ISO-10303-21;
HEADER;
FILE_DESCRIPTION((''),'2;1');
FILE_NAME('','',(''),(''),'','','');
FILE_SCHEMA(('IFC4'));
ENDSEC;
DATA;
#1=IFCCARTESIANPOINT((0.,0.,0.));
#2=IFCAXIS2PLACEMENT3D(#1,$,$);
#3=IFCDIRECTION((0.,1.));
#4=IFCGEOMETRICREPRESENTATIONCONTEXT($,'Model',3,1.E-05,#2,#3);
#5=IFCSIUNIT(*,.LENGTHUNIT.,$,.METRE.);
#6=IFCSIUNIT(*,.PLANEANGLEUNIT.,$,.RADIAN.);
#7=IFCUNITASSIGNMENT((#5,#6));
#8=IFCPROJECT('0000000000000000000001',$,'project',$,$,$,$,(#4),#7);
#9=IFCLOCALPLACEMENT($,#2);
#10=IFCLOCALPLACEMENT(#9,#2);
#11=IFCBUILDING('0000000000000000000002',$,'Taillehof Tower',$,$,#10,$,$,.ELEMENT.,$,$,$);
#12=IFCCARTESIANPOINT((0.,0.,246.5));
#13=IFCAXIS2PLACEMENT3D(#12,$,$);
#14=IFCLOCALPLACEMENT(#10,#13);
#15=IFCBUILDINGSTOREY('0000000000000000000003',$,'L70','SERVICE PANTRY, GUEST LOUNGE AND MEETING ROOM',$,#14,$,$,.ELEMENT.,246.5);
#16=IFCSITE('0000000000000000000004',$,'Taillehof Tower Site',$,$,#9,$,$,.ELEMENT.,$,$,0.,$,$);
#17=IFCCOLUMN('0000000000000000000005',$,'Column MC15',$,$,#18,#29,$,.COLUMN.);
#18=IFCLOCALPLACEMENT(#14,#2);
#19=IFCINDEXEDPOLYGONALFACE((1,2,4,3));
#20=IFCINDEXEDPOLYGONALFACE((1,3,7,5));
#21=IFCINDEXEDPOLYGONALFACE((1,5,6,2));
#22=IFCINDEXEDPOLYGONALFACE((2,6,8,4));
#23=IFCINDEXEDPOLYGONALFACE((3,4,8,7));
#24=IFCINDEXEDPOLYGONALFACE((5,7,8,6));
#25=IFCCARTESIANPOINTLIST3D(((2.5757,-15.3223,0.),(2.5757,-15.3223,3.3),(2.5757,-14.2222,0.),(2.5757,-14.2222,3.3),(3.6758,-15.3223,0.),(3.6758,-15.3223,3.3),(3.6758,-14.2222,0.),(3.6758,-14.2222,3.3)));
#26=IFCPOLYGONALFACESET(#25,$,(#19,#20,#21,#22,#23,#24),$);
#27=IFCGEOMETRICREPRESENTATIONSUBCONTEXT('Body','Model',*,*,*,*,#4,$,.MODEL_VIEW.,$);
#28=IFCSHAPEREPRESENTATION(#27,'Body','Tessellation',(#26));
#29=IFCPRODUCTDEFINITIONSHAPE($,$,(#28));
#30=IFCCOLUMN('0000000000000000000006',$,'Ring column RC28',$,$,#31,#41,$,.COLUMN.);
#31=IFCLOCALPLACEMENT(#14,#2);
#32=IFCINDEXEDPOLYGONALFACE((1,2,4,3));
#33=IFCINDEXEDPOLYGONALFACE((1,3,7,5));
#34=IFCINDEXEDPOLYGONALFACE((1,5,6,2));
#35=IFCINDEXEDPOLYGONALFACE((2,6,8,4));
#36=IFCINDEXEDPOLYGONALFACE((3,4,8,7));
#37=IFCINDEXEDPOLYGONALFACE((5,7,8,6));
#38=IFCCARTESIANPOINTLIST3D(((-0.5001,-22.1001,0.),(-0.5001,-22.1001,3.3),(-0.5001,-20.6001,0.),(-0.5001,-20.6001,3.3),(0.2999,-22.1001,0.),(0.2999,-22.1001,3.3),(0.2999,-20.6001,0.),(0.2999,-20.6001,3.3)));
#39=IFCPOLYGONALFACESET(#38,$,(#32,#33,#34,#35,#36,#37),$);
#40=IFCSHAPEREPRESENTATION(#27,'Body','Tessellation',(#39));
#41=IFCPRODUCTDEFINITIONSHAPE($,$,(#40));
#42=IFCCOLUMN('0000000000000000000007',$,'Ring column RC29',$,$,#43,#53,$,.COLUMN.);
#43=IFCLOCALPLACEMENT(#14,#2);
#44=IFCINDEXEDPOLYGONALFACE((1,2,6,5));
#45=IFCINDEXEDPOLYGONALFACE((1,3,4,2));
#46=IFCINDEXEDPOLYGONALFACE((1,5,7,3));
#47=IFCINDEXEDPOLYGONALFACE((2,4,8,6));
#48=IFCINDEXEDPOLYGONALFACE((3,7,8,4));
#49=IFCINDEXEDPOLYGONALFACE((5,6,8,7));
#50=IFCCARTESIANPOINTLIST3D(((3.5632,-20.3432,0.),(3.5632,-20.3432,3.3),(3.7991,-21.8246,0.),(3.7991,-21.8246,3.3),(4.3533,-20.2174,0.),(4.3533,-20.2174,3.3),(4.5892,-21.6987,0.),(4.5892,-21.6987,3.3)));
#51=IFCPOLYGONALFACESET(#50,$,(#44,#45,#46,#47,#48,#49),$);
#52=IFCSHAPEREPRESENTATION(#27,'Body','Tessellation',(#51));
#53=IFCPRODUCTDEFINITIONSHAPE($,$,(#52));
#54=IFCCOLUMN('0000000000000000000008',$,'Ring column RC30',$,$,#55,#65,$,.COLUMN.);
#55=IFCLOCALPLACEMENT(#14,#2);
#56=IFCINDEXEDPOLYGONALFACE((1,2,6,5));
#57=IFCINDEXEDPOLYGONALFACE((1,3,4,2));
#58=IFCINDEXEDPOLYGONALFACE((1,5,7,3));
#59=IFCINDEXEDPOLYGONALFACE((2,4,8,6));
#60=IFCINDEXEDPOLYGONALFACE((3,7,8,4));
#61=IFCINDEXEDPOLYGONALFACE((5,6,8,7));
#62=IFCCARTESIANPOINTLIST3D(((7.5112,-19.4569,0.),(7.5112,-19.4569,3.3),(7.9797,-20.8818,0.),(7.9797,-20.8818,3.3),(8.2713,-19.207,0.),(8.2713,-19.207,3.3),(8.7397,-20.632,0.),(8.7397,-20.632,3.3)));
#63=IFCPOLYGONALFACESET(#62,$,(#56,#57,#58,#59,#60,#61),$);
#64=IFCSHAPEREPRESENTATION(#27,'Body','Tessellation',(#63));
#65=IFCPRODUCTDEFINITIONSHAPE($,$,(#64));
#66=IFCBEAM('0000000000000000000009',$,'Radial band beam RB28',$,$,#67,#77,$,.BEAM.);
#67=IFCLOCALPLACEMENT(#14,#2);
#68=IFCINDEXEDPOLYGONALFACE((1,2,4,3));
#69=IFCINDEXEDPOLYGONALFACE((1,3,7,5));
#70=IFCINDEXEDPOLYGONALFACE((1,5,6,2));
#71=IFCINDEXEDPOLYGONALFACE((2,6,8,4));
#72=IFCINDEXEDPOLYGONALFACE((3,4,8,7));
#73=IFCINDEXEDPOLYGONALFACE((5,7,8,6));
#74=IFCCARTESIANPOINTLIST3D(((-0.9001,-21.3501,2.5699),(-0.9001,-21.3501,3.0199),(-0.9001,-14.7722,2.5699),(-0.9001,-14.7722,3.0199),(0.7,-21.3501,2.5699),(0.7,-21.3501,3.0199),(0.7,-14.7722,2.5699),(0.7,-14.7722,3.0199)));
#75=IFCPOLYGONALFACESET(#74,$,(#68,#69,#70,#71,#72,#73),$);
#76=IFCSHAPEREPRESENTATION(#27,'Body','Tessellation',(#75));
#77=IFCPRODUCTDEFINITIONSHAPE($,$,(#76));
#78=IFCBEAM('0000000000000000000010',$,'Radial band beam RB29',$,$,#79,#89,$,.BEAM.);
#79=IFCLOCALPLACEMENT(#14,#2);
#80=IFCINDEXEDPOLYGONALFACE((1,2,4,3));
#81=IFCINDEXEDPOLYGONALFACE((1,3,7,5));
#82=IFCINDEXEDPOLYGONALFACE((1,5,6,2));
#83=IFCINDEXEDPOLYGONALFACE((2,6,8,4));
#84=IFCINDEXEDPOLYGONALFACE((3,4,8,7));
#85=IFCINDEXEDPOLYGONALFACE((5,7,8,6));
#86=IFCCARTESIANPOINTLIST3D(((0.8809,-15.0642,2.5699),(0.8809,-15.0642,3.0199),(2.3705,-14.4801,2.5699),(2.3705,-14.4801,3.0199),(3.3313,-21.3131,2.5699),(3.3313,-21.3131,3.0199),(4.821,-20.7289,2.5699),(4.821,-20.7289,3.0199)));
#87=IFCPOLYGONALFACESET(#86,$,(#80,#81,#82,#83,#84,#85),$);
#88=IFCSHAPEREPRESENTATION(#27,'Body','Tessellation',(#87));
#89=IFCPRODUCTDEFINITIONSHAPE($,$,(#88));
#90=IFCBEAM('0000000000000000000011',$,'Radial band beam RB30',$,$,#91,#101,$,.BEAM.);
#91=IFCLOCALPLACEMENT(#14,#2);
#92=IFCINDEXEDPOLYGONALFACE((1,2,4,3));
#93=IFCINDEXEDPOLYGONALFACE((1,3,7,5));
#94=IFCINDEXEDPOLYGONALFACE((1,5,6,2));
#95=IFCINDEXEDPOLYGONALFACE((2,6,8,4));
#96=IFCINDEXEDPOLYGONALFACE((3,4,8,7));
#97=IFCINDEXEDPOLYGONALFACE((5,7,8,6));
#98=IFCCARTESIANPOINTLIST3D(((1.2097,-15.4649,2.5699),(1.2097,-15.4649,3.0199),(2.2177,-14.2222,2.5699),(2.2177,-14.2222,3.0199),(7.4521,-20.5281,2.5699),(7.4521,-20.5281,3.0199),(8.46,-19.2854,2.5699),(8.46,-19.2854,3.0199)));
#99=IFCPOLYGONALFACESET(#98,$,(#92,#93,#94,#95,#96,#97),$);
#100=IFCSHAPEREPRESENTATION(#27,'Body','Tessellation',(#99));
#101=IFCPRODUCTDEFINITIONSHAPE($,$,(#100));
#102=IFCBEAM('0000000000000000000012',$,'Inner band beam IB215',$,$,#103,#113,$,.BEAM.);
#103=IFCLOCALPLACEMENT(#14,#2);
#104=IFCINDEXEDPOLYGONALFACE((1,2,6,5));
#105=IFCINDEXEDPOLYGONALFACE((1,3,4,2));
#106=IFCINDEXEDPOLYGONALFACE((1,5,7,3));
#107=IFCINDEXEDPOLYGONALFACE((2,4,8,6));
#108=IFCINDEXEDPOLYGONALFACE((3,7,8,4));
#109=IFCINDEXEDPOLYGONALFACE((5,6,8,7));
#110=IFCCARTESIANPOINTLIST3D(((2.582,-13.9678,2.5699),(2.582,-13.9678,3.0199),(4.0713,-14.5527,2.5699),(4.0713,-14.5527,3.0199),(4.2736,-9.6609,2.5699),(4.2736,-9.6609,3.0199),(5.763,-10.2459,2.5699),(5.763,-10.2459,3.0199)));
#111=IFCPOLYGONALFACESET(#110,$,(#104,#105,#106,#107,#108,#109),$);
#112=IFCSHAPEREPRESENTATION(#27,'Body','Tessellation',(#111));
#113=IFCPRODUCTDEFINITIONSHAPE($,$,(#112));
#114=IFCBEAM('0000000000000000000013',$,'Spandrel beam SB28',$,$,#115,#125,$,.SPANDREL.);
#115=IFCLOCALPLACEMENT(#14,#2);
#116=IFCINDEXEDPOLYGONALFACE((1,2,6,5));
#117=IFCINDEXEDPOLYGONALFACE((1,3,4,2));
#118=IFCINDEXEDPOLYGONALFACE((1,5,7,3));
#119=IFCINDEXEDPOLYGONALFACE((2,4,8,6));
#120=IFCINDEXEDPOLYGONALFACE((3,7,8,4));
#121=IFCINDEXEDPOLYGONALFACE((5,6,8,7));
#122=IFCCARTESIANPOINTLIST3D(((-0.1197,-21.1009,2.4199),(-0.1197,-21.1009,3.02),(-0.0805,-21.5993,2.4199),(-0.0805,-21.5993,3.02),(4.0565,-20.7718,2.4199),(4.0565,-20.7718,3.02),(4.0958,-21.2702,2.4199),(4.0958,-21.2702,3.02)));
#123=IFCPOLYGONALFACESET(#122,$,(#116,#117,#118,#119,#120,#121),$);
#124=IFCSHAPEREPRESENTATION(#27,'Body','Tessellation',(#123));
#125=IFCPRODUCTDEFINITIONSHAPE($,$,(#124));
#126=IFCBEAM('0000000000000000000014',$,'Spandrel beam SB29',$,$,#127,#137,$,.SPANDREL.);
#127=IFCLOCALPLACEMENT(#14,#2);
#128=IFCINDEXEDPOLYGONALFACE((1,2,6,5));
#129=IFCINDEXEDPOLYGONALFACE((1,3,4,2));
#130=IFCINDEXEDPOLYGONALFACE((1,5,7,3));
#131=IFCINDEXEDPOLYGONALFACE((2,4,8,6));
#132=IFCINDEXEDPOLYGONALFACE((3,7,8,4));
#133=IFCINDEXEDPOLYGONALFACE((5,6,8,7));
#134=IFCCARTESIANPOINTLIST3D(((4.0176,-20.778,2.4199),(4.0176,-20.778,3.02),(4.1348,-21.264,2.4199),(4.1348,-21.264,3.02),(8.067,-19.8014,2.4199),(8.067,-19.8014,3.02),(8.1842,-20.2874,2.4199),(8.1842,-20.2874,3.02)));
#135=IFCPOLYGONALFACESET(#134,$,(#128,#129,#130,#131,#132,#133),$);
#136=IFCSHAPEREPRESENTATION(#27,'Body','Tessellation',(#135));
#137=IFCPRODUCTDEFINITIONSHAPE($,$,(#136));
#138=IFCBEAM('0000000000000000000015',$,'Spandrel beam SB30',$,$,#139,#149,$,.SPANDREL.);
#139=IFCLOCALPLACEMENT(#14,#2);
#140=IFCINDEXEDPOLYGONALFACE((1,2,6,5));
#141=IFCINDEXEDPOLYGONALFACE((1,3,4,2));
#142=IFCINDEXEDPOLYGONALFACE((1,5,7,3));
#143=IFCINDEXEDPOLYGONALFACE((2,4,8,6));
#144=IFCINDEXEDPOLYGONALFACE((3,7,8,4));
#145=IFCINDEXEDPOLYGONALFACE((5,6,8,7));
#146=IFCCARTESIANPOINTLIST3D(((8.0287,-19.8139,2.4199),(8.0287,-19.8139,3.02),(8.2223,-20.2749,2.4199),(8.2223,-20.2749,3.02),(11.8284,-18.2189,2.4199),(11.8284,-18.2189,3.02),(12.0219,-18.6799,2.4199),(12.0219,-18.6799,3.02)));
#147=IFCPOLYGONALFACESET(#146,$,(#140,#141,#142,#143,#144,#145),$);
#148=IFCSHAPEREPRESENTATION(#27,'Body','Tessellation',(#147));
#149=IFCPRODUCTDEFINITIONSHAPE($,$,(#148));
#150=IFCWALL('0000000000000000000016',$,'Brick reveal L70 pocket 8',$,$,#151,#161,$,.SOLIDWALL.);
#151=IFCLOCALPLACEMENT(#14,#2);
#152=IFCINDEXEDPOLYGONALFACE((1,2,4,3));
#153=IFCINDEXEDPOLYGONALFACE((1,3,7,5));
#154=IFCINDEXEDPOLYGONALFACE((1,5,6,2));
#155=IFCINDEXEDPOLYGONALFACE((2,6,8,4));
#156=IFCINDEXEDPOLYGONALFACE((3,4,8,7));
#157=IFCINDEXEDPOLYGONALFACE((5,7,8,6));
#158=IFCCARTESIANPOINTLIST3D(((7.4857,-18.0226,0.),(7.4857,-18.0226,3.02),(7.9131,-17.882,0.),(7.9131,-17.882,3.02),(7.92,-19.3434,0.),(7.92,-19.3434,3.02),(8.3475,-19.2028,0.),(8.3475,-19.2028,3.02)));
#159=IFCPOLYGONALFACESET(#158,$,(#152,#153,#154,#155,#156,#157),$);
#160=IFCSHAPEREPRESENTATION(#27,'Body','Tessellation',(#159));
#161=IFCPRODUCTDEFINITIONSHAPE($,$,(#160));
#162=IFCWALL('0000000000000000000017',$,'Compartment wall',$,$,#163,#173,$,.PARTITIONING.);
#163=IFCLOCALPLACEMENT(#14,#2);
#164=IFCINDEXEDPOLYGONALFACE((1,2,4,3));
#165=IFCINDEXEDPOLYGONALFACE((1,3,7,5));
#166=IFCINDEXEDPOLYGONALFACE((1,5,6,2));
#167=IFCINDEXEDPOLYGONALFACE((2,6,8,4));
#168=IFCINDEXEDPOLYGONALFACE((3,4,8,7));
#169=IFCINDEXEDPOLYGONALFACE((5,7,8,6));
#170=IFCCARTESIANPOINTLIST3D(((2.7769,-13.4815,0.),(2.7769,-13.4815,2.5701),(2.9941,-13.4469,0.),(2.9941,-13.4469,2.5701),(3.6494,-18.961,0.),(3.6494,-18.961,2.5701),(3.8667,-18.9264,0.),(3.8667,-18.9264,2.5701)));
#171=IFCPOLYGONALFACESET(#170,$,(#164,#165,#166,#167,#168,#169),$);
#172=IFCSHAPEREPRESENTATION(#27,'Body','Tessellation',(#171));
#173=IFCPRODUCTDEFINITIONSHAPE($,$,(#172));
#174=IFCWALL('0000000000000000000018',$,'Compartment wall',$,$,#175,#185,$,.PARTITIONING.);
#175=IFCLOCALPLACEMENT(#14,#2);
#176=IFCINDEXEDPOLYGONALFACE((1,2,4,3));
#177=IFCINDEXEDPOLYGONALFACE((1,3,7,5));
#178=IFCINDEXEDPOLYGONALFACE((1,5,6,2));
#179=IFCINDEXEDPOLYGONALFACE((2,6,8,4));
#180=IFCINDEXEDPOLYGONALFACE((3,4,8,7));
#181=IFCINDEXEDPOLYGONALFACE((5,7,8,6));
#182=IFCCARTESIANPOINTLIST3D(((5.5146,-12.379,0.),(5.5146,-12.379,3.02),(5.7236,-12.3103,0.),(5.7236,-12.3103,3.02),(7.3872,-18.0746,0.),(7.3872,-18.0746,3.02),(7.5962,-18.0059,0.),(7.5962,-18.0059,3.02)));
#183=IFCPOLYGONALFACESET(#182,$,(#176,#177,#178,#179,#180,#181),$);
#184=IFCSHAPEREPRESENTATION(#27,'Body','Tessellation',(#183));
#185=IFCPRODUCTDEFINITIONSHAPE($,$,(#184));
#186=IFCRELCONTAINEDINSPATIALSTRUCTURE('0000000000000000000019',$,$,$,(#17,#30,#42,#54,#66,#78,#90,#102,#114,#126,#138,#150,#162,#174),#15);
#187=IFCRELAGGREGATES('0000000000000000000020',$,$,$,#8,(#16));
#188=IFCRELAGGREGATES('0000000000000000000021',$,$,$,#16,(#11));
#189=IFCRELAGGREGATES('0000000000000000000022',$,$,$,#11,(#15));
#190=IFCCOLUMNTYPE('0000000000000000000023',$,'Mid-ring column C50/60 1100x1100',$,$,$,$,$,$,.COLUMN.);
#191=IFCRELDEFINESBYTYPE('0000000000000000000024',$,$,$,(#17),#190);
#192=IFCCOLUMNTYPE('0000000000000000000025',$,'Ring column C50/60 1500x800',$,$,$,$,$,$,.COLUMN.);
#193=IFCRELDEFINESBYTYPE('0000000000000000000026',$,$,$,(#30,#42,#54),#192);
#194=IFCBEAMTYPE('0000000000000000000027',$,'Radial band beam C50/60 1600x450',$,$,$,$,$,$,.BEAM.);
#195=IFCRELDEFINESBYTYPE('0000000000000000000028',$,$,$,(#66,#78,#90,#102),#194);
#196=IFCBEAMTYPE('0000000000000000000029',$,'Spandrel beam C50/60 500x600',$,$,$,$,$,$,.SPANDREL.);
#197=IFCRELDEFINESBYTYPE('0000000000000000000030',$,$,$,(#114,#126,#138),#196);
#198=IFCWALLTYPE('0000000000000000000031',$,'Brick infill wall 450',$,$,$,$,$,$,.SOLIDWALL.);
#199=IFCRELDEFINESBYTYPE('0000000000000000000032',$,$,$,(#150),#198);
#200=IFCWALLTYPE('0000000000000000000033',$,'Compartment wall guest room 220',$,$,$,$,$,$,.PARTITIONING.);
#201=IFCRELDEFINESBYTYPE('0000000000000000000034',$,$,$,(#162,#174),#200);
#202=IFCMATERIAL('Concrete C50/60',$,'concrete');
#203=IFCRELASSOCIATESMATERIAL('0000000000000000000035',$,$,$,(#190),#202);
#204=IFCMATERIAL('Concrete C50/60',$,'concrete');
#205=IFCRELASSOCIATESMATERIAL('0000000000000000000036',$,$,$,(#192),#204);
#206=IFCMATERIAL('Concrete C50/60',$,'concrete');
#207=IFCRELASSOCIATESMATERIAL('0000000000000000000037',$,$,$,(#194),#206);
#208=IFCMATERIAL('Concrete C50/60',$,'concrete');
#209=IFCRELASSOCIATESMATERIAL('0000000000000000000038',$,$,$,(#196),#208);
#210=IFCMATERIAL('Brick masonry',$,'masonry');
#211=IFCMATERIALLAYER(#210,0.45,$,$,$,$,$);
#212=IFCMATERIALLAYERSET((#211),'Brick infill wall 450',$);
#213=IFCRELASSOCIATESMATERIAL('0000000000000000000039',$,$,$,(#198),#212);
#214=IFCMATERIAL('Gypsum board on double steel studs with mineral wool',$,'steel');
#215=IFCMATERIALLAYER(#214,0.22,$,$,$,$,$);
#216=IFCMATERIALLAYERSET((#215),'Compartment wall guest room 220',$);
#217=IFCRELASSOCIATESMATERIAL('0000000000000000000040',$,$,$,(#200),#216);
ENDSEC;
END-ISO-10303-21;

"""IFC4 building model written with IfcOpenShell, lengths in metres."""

from ifc_helpers import new_model, si_unit, direction, frame, frame_2d, origin, origin_2d, place, context, subcontext, project, spatial, rectangle, extrude, material, layer, layer_set, material_profile, profile_set, type_object, element, save


model = new_model("IFC4")

# Units and contexts
model_context = context("Model", 3, precision=1e-05, world=origin(), true_north=direction((0.0, 1.0)))
body_context = subcontext(model_context, "Body", "Model", "MODEL_VIEW")
ifc_project = project(units=[si_unit("LENGTHUNIT", "METRE"), si_unit("PLANEANGLEUNIT", "RADIAN")], contexts=[model_context])

# Site, building, storey
site_placement = place(None, origin())
site = spatial("IfcSite", under=ifc_project, at=site_placement, Name="Taillehof Tower Site", CompositionType="ELEMENT", RefElevation=0.0)
building_placement = place(site_placement, origin())
building = spatial("IfcBuilding", under=site, at=building_placement, Name="Taillehof Tower", CompositionType="ELEMENT")
storey_placement = place(building_placement, frame((0.0, 0.0, 246.5)))
storey = spatial("IfcBuildingStorey", under=building, at=storey_placement, Name="L70", Description="SERVICE PANTRY, GUEST LOUNGE AND MEETING ROOM", CompositionType="ELEMENT", Elevation=246.5)

# Columns
ifc_material_1 = material(Name="Concrete C50/60", Category="concrete")
ifc_material_profile_1 = material_profile(ifc_material_1, rectangle(XDim=1.1001, YDim=1.1001, at=origin_2d()), Name="RC 1100x1100")
ifc_profile_set_1 = profile_set([ifc_material_profile_1], Name="Concrete C50/60")
column_type_1 = type_object("IfcColumnType", Name="Mid-ring column C50/60 1100x1100", PredefinedType="COLUMN", material=ifc_profile_set_1)
column_placement = place(storey_placement, frame((3.1257, -14.7722, 0.0), z_axis=(0.0, 0.0, 1.0), x_axis=(1.0, 0.0, 0.0)))
element("IfcColumn", 1, at=column_placement, inside=storey, type_object=column_type_1, Name="Column MC15", PredefinedType="COLUMN", context=body_context, shape_type="SweptSolid", body=[
    extrude(rectangle(XDim=1.1001, YDim=1.1001, at=origin_2d()), origin(), (0.0, 0.0, 1.0), 3.3),
])
ifc_material_2 = material(Name="Concrete C50/60", Category="concrete")
ifc_material_profile_2 = material_profile(ifc_material_2, rectangle(XDim=1.5, YDim=0.8, at=origin_2d()), Name="RC 1500x800")
ifc_profile_set_2 = profile_set([ifc_material_profile_2], Name="Concrete C50/60")
column_type_2 = type_object("IfcColumnType", Name="Ring column C50/60 1500x800", PredefinedType="COLUMN", material=ifc_profile_set_2)
for number, where, z_axis, x_axis, name in (
    (2, (-0.1001, -21.3501, 0.0), (0.0, 0.0, 1.0), (0.0, -1.0, 0.0), "Ring column RC28"),
    (3, (4.0762, -21.021, 0.0), (0.0, 0.0, 1.0), (0.157281, -0.987554, 0.0), "Ring column RC29"),
    (4, (8.1255, -20.0444, 0.0), (0.0, 0.0, 1.0), (0.312304, -0.949982, 0.0), "Ring column RC30"),
):
    element("IfcColumn", number, at=place(storey_placement, frame(where, z_axis=z_axis, x_axis=x_axis)), inside=storey, type_object=column_type_2, Name=name, PredefinedType="COLUMN", context=body_context, shape_type="SweptSolid", body=[
        extrude(rectangle(XDim=1.5, YDim=0.8, at=origin_2d()), origin(), (0.0, 0.0, 1.0), 3.3),
    ])

# Beams
ifc_material_3 = material(Name="Concrete C50/60", Category="concrete")
ifc_material_profile_3 = material_profile(ifc_material_3, rectangle(XDim=1.6001, YDim=0.45, at=origin_2d()), Name="RC 1600x450")
ifc_profile_set_3 = profile_set([ifc_material_profile_3], Name="Concrete C50/60")
beam_type_1 = type_object("IfcBeamType", Name="Radial band beam C50/60 1600x450", PredefinedType="BEAM", material=ifc_profile_set_3)
beam_1_placement = place(storey_placement, frame((-0.1001, -21.3501, 2.7949), z_axis=(0.0, 1.0, 0.0), x_axis=(-1.0, 0.0, 0.0)))
element("IfcBeam", 5, at=beam_1_placement, inside=storey, type_object=beam_type_1, Name="Radial band beam RB28", PredefinedType="BEAM", context=body_context, shape_type="SweptSolid", body=[
    extrude(rectangle(XDim=1.6001, YDim=0.45, at=origin_2d()), origin(), (0.0, 0.0, 1.0), 6.5779),
])
beam_2_placement = place(storey_placement, frame((4.0762, -21.021, 2.7949), z_axis=(-0.365079, 0.930976, 0.0), x_axis=(-0.930976, -0.365079, 0.0)))
element("IfcBeam", 6, at=beam_2_placement, inside=storey, type_object=beam_type_1, Name="Radial band beam RB29", PredefinedType="BEAM", context=body_context, shape_type="SweptSolid", body=[
    extrude(rectangle(XDim=1.6001, YDim=0.45, at=origin_2d()), origin(), (0.0, 0.0, 1.0), 6.7122),
])
beam_3_placement = place(storey_placement, frame((7.9561, -19.9067, 2.7949), z_axis=(-0.776646, 0.629937, 0.0), x_axis=(-0.629937, -0.776646, 0.0)))
element("IfcBeam", 7, at=beam_3_placement, inside=storey, type_object=beam_type_1, Name="Radial band beam RB30", PredefinedType="BEAM", context=body_context, shape_type="SweptSolid", body=[
    extrude(rectangle(XDim=1.6001, YDim=0.45, at=origin_2d()), origin(), (0.0, 0.0, 1.0), 8.0376),
])
beam_4_placement = place(storey_placement, frame((3.3267, -14.2603, 2.7949), z_axis=(0.365589, 0.930777, 0.0), x_axis=(-0.930777, 0.365589, 0.0)))
element("IfcBeam", 8, at=beam_4_placement, inside=storey, type_object=beam_type_1, Name="Inner band beam IB215", PredefinedType="BEAM", context=body_context, shape_type="SweptSolid", body=[
    extrude(rectangle(XDim=1.6001, YDim=0.45, at=origin_2d()), origin(), (0.0, 0.0, 1.0), 4.6272),
])
ifc_material_4 = material(Name="Concrete C50/60", Category="concrete")
ifc_material_profile_4 = material_profile(ifc_material_4, rectangle(XDim=0.5, YDim=0.6001, at=origin_2d()), Name="RC 500x600")
ifc_profile_set_4 = profile_set([ifc_material_profile_4], Name="Concrete C50/60")
beam_type_2 = type_object("IfcBeamType", Name="Spandrel beam C50/60 500x600", PredefinedType="SPANDREL", material=ifc_profile_set_4)
beam_5_placement = place(storey_placement, frame((-0.1001, -21.3501, 2.72), z_axis=(0.996909, 0.078559, 0.0), x_axis=(-0.078559, 0.996909, 0.0)))
element("IfcBeam", 9, at=beam_5_placement, inside=storey, type_object=beam_type_2, Name="Spandrel beam SB28", PredefinedType="SPANDREL", context=body_context, shape_type="SweptSolid", body=[
    extrude(rectangle(XDim=0.5, YDim=0.6001, at=origin_2d()), origin(), (0.0, 0.0, 1.0), 4.1892),
])
beam_6_placement = place(storey_placement, frame((4.0762, -21.021, 2.72), z_axis=(0.972129, 0.234446, 0.0), x_axis=(-0.234446, 0.972129, 0.0)))
element("IfcBeam", 10, at=beam_6_placement, inside=storey, type_object=beam_type_2, Name="Spandrel beam SB29", PredefinedType="SPANDREL", context=body_context, shape_type="SweptSolid", body=[
    extrude(rectangle(XDim=0.5, YDim=0.6001, at=origin_2d()), origin(), (0.0, 0.0, 1.0), 4.1655),
])
beam_7_placement = place(storey_placement, frame((8.1255, -20.0444, 2.72), z_axis=(0.922055, 0.387058, 0.0), x_axis=(-0.387058, 0.922055, 0.0)))
element("IfcBeam", 11, at=beam_7_placement, inside=storey, type_object=beam_type_2, Name="Spandrel beam SB30", PredefinedType="SPANDREL", context=body_context, shape_type="SweptSolid", body=[
    extrude(rectangle(XDim=0.5, YDim=0.6001, at=origin_2d()), origin(), (0.0, 0.0, 1.0), 4.1208),
])

# Wall
ifc_material_5 = material(Name="Brick masonry", Category="masonry")
ifc_layer_1 = layer(ifc_material_5, 0.45)
ifc_layer_set_1 = layer_set([ifc_layer_1], Name="Brick infill wall 450")
wall_type_1 = type_object("IfcWallType", Name="Brick infill wall 450", PredefinedType="SOLIDWALL", material=ifc_layer_set_1)
wall_1_placement = place(storey_placement, frame((8.1338, -19.2732, 0.0), z_axis=(0.0, 0.0, 1.0), x_axis=(-0.31238, 0.949957, 0.0)))
element("IfcWall", 12, at=wall_1_placement, inside=storey, type_object=wall_type_1, Name="Brick reveal L70 pocket 8", PredefinedType="SOLIDWALL", context=body_context, shape_type="SweptSolid", body=[
    extrude(rectangle(XDim=1.3904, YDim=0.45, at=frame_2d((0.6953, 0.0))), origin(), (0.0, 0.0, 1.0), 3.02),
])

# Walls
ifc_material_6 = material(Name="Gypsum board on double steel studs with mineral wool", Category="steel")
ifc_layer_2 = layer(ifc_material_6, 0.22)
ifc_layer_set_2 = layer_set([ifc_layer_2], Name="Compartment wall guest room 220")
wall_type_2 = type_object("IfcWallType", Name="Compartment wall guest room 220", PredefinedType="PARTITIONING", material=ifc_layer_set_2)
wall_2_placement = place(storey_placement, frame((3.7581, -18.9438, 0.0), z_axis=(0.0, 0.0, 1.0), x_axis=(-0.157259, 0.987557, 0.0)))
element("IfcWall", 13, at=wall_2_placement, inside=storey, type_object=wall_type_2, Name="Compartment wall", PredefinedType="PARTITIONING", context=body_context, shape_type="SweptSolid", body=[
    extrude(rectangle(XDim=5.5486, YDim=0.22, at=frame_2d((2.7744, 0.0))), origin(), (0.0, 0.0, 1.0), 2.5701),
])
wall_3_placement = place(storey_placement, frame((7.4917, -18.0403, 0.0), z_axis=(0.0, 0.0, 1.0), x_axis=(-0.312328, 0.949974, 0.0)))
element("IfcWall", 14, at=wall_3_placement, inside=storey, type_object=wall_type_2, Name="Compartment wall", PredefinedType="PARTITIONING", context=body_context, shape_type="SweptSolid", body=[
    extrude(rectangle(XDim=5.9956, YDim=0.22, at=frame_2d((2.9978, 0.0))), origin(), (0.0, 0.0, 1.0), 3.02),
])

save(model, "model.ifc")
